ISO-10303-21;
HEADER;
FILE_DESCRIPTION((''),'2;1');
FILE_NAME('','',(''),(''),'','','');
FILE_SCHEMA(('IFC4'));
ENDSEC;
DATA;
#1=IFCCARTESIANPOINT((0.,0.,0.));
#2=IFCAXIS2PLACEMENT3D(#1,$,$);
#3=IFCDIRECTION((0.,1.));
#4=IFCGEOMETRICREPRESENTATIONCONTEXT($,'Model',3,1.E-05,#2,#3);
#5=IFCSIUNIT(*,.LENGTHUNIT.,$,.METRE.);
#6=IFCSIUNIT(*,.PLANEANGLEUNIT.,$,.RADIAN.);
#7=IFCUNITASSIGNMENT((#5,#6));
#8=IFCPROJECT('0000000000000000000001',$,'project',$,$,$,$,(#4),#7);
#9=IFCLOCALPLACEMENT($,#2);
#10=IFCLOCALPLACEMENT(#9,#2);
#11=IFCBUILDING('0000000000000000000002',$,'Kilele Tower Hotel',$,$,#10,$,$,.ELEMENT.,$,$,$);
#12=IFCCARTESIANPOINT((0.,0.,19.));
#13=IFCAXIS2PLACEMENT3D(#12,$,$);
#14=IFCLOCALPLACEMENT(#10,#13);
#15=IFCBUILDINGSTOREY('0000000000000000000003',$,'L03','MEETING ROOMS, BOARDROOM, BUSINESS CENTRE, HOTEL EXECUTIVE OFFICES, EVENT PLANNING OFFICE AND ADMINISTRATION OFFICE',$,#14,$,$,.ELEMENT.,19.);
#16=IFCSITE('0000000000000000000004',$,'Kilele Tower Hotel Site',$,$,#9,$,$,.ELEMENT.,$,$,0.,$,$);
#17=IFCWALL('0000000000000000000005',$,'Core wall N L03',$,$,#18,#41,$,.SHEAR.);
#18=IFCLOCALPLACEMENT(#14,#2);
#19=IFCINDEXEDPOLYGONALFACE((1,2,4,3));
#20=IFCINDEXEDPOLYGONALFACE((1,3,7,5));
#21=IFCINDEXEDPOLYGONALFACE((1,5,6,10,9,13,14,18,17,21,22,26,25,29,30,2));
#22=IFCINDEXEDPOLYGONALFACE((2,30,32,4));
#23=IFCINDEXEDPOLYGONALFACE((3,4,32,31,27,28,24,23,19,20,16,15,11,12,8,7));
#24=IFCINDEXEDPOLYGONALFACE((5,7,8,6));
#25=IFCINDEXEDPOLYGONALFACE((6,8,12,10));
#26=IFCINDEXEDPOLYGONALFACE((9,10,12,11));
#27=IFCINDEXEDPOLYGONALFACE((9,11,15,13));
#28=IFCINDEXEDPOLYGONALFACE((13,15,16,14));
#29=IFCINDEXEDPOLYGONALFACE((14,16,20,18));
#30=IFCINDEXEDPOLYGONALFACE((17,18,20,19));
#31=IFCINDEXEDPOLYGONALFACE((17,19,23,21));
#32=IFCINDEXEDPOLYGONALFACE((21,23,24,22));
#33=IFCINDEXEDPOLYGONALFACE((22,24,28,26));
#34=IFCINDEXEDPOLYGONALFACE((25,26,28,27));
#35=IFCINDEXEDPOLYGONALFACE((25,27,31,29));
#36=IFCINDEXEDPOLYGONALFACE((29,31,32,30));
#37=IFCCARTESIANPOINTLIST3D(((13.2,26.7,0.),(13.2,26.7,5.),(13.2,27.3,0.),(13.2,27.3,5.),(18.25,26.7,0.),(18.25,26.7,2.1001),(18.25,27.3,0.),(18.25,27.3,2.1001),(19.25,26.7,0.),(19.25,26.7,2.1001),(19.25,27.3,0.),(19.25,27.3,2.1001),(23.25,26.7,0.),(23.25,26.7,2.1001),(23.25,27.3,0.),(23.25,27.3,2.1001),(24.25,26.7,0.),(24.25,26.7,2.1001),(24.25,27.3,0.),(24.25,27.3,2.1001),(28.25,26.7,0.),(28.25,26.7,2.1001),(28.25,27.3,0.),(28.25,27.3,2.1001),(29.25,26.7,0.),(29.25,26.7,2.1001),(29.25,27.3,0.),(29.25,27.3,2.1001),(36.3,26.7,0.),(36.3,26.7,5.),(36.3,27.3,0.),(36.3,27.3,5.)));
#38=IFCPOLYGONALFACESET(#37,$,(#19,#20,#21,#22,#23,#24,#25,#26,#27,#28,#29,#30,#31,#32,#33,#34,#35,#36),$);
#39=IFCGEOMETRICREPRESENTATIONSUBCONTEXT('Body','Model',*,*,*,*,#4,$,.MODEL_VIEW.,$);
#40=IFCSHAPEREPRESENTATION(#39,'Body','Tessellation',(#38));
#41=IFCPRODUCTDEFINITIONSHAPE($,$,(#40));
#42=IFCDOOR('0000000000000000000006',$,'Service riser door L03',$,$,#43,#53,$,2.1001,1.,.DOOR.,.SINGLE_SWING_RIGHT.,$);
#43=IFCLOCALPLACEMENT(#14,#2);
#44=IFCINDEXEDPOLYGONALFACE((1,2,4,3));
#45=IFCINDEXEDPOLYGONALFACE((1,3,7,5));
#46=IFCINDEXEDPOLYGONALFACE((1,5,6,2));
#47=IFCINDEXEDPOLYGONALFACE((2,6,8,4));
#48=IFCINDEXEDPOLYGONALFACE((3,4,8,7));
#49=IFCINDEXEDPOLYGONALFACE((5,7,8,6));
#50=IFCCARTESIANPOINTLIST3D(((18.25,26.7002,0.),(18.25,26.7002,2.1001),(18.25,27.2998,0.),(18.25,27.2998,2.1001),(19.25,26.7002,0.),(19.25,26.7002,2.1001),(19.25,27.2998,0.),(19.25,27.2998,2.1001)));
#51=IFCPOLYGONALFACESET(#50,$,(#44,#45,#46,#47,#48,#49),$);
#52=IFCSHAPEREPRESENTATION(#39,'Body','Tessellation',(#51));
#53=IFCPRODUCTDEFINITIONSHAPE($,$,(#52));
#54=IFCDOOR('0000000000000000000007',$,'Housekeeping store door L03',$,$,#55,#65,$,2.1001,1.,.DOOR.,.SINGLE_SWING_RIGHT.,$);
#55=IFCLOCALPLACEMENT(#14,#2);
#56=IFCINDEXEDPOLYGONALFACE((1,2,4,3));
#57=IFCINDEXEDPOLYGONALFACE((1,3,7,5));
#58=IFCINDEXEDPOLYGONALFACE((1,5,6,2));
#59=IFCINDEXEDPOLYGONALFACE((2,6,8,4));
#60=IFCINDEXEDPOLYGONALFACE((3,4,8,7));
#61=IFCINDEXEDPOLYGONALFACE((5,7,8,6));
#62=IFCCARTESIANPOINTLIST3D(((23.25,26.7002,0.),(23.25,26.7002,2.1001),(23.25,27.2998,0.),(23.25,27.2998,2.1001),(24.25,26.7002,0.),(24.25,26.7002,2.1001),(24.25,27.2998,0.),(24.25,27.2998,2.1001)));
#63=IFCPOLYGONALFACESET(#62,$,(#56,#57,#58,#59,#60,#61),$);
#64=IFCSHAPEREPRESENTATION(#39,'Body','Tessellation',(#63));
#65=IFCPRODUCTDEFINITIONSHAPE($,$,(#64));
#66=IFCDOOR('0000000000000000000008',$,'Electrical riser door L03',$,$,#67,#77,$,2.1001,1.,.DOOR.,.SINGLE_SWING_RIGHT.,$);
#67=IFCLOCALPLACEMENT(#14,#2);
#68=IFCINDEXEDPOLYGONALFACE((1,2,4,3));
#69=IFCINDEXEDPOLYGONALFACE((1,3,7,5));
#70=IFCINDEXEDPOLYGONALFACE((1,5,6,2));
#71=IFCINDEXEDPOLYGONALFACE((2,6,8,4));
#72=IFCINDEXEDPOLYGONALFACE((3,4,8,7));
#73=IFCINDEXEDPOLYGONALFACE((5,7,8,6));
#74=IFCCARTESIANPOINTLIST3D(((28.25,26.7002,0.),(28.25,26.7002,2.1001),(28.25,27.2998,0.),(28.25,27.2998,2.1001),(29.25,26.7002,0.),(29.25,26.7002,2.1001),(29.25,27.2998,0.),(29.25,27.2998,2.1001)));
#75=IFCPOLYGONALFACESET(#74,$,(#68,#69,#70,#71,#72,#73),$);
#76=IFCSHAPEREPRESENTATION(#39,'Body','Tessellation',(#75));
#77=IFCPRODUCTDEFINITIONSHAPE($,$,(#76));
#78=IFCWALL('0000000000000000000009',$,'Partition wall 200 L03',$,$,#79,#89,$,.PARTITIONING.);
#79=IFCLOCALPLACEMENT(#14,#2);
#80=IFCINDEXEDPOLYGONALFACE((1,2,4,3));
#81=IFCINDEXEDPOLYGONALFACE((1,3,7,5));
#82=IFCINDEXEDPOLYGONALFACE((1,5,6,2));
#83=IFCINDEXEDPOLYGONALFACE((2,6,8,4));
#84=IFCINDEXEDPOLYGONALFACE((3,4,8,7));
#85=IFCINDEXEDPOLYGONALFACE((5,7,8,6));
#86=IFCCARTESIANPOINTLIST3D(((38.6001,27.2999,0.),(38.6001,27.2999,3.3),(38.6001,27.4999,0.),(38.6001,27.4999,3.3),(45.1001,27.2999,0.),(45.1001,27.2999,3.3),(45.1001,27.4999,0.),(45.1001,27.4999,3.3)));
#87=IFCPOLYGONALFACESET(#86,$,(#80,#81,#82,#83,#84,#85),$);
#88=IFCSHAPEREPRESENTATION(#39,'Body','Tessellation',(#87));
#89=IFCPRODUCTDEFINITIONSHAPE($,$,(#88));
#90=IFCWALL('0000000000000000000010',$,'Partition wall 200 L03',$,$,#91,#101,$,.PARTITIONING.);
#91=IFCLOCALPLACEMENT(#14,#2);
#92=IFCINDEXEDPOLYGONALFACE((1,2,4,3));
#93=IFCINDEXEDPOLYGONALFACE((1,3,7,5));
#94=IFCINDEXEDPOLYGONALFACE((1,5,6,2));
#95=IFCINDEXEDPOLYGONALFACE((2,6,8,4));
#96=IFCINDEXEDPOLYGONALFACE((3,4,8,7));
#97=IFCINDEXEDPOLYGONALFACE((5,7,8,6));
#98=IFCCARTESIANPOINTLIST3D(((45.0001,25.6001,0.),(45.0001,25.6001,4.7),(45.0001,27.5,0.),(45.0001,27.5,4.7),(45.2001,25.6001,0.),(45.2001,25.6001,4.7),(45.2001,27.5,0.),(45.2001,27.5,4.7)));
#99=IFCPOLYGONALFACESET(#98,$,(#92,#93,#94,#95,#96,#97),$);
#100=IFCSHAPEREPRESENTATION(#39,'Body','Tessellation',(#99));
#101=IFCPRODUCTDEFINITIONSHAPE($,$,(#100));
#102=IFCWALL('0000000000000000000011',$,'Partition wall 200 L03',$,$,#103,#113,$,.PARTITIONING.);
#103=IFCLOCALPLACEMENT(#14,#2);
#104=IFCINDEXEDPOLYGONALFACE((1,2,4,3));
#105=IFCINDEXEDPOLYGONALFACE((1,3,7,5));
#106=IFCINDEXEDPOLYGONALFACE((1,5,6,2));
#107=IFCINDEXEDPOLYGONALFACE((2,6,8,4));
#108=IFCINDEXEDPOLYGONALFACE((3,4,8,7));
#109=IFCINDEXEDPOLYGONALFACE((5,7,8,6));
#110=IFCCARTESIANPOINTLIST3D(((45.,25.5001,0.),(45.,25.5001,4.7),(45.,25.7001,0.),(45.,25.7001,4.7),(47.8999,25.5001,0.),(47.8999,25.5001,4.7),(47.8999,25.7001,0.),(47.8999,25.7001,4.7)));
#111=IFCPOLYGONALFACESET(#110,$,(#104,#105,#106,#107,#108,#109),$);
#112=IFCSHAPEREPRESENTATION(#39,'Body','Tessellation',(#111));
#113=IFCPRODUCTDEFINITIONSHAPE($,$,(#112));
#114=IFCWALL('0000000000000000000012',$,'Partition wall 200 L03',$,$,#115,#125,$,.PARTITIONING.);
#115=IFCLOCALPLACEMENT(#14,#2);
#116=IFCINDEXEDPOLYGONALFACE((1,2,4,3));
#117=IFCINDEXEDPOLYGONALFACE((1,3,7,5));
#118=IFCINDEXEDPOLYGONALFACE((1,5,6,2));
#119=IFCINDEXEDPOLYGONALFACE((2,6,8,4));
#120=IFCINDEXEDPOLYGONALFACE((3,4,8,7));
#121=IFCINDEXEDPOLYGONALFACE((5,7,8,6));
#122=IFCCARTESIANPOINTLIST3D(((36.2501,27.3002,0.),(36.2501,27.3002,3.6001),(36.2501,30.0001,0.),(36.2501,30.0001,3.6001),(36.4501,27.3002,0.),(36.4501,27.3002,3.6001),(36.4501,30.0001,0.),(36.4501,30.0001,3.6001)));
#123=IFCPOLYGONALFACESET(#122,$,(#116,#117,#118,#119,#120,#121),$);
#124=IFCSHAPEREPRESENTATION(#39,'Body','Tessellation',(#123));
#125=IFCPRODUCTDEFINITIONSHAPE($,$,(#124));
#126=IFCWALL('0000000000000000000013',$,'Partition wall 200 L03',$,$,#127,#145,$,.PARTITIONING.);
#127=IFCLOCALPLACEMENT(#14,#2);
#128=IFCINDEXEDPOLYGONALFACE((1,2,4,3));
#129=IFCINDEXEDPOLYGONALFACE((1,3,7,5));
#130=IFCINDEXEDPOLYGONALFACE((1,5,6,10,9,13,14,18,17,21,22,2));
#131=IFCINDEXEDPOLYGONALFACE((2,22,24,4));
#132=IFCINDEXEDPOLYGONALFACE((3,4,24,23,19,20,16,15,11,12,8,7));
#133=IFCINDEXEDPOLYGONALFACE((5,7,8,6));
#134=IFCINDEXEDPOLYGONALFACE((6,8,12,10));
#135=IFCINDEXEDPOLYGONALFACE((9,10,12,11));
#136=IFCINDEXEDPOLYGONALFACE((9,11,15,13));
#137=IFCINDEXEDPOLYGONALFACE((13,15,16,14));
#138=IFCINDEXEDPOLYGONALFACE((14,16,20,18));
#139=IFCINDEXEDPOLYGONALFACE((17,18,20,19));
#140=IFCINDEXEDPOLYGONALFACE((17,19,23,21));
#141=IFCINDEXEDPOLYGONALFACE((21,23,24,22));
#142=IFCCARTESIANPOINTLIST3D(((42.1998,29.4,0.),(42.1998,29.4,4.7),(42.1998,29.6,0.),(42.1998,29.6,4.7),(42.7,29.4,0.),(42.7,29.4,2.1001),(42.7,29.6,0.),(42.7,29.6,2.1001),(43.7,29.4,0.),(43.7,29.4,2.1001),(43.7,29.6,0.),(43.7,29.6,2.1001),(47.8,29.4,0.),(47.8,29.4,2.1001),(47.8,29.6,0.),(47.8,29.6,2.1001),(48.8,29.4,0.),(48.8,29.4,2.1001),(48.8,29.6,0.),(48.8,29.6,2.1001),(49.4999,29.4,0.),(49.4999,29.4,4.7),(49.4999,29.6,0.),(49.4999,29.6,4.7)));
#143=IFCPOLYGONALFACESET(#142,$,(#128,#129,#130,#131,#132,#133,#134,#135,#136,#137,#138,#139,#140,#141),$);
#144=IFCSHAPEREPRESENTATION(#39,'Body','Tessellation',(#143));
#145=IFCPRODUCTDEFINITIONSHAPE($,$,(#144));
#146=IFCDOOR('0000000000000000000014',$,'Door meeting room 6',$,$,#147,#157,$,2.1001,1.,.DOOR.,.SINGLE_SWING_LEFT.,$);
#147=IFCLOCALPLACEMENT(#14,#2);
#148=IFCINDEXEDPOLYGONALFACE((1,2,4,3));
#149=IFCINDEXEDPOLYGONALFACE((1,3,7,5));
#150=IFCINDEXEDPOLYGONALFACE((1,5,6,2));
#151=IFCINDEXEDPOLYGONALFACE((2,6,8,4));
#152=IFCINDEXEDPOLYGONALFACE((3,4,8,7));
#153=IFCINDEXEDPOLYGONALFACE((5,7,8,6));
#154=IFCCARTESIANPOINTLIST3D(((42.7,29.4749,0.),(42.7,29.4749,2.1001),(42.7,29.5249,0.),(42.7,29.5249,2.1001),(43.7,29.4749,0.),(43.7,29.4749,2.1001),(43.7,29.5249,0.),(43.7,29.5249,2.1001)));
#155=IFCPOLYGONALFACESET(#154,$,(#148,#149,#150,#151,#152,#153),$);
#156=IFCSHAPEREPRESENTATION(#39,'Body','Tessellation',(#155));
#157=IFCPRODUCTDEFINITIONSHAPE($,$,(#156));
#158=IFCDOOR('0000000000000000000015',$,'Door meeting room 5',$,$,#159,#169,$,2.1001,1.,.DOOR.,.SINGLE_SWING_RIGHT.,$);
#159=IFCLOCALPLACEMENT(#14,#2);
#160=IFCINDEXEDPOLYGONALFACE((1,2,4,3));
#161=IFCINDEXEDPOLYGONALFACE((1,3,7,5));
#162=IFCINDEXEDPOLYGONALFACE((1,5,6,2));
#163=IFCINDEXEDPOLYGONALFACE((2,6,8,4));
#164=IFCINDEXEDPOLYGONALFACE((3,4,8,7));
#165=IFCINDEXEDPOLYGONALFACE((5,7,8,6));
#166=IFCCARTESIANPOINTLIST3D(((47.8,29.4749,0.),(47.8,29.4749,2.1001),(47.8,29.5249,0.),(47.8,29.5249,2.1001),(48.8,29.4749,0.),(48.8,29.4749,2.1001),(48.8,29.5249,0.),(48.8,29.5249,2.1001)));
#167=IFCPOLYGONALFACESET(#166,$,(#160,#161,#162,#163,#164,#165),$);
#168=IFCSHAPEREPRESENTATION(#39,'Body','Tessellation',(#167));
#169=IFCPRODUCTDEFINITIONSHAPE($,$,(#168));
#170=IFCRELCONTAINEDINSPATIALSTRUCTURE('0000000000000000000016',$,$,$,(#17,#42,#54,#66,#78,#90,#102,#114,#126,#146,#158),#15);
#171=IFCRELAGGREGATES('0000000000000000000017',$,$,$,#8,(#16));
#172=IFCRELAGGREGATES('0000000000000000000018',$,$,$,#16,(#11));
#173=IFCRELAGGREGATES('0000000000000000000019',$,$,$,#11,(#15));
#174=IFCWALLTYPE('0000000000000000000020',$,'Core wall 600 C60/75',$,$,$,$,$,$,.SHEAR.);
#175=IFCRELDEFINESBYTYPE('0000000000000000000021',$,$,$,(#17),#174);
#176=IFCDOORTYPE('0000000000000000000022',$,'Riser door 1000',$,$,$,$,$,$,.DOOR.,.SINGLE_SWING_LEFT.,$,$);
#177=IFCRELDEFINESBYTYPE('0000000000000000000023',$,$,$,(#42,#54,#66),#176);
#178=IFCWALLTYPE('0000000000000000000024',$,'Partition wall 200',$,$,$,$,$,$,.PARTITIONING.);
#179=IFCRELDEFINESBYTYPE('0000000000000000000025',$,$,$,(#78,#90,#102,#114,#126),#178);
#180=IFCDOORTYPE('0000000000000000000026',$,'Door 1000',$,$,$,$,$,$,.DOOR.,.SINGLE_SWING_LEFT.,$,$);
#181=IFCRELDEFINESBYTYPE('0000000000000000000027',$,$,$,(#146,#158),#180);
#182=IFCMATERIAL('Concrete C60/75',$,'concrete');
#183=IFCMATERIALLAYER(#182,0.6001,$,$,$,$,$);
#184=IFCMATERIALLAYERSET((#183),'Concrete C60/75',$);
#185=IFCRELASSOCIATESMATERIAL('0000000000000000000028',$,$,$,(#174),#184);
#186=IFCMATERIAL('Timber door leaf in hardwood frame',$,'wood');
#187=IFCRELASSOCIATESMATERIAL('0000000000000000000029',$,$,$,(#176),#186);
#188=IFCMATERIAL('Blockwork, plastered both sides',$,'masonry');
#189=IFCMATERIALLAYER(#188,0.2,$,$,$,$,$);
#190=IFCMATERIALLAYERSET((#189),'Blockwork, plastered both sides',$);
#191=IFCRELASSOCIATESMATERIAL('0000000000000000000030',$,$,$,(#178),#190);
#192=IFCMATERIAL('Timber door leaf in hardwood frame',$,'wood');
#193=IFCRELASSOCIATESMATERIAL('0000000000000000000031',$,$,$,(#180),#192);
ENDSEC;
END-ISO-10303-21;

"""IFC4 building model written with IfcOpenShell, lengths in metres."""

from ifc_helpers import new_model, si_unit, direction, frame, frame_2d, origin, place, context, subcontext, project, spatial, rectangle, extrude, material, layer, layer_set, type_object, element, fill, save


model = new_model("IFC4")

# Units and contexts
model_context = context("Model", 3, precision=1e-05, world=origin(), true_north=direction((0.0, 1.0)))
body_context = subcontext(model_context, "Body", "Model", "MODEL_VIEW")
ifc_project = project(units=[si_unit("LENGTHUNIT", "METRE"), si_unit("PLANEANGLEUNIT", "RADIAN")], contexts=[model_context])

# Site, building, storey
site_placement = place(None, origin())
site = spatial("IfcSite", under=ifc_project, at=site_placement, Name="Kilele Tower Hotel Site", CompositionType="ELEMENT", RefElevation=0.0)
building_placement = place(site_placement, origin())
building = spatial("IfcBuilding", under=site, at=building_placement, Name="Kilele Tower Hotel", CompositionType="ELEMENT")
storey_placement = place(building_placement, frame((0.0, 0.0, 19.0)))
storey = spatial("IfcBuildingStorey", under=building, at=storey_placement, Name="L03", Description="MEETING ROOMS, BOARDROOM, BUSINESS CENTRE, HOTEL EXECUTIVE OFFICES, EVENT PLANNING OFFICE AND ADMINISTRATION OFFICE", CompositionType="ELEMENT", Elevation=19.0)

# Wall, openings, doors
ifc_material_1 = material(Name="Concrete C60/75", Category="concrete")
ifc_layer_1 = layer(ifc_material_1, 0.6001)
ifc_layer_set_1 = layer_set([ifc_layer_1], Name="Concrete C60/75")
wall_type_1 = type_object("IfcWallType", Name="Core wall 600 C60/75", PredefinedType="SHEAR", material=ifc_layer_set_1)
wall_1_placement = place(storey_placement, frame((36.3, 27.0, 0.0), z_axis=(0.0, 0.0, 1.0), x_axis=(-1.0, 0.0, 0.0)))
wall_1 = element("IfcWall", 1, at=wall_1_placement, inside=storey, type_object=wall_type_1, Name="Core wall N L03", PredefinedType="SHEAR", context=body_context, shape_type="SweptSolid", body=[
    extrude(rectangle(XDim=23.1001, YDim=0.6001, at=frame_2d((11.55, 0.0))), origin(), (0.0, 0.0, 1.0), 5.0),
])
opening_1_placement = place(wall_1_placement, frame((17.05, 0.0, 0.0)))
opening_1 = element("IfcOpeningElement", 2, at=opening_1_placement, cuts=wall_1, PredefinedType="OPENING", context=body_context, shape_type="SweptSolid", body=[
    extrude(rectangle(XDim=1.0, YDim=2.1001, at=frame_2d((0.5, 1.05))), frame((0.0, 0.3101, 0.0), z_axis=(0.0, -1.0, 0.0), x_axis=(1.0, 0.0, 0.0)), (0.0, 0.0, 1.0), 0.6201),
])
opening_2_placement = place(wall_1_placement, frame((12.05, 0.0, 0.0)))
opening_2 = element("IfcOpeningElement", 3, at=opening_2_placement, cuts=wall_1, PredefinedType="OPENING", context=body_context, shape_type="SweptSolid", body=[
    extrude(rectangle(XDim=1.0, YDim=2.1001, at=frame_2d((0.5, 1.05))), frame((0.0, 0.3101, 0.0), z_axis=(0.0, -1.0, 0.0), x_axis=(1.0, 0.0, 0.0)), (0.0, 0.0, 1.0), 0.6201),
])
opening_3_placement = place(wall_1_placement, frame((7.05, 0.0, 0.0)))
opening_3 = element("IfcOpeningElement", 4, at=opening_3_placement, cuts=wall_1, PredefinedType="OPENING", context=body_context, shape_type="SweptSolid", body=[
    extrude(rectangle(XDim=1.0, YDim=2.1001, at=frame_2d((0.5, 1.05))), frame((0.0, 0.3101, 0.0), z_axis=(0.0, -1.0, 0.0), x_axis=(1.0, 0.0, 0.0)), (0.0, 0.0, 1.0), 0.6201),
])
ifc_material_2 = material(Name="Timber door leaf in hardwood frame", Category="wood")
door_type_1 = type_object("IfcDoorType", Name="Riser door 1000", OperationType="SINGLE_SWING_LEFT", PredefinedType="DOOR", material=ifc_material_2)
door_1_placement = place(opening_1_placement, origin())
door_1 = element("IfcDoor", 5, at=door_1_placement, inside=storey, type_object=door_type_1, Name="Service riser door L03", OperationType="SINGLE_SWING_RIGHT", OverallHeight=2.1001, OverallWidth=1.0, PredefinedType="DOOR", context=body_context, shape_type="SweptSolid", body=[
    extrude(rectangle(XDim=1.0, YDim=2.1001, at=frame_2d((0.5, 1.05))), frame((0.0, 0.2998, 0.0), z_axis=(0.0, -1.0, 0.0), x_axis=(1.0, 0.0, 0.0)), (0.0, 0.0, 1.0), 0.5996),
])
fill(opening_1, door_1)
door_2_placement = place(opening_2_placement, origin())
door_2 = element("IfcDoor", 6, at=door_2_placement, inside=storey, type_object=door_type_1, Name="Housekeeping store door L03", OperationType="SINGLE_SWING_RIGHT", OverallHeight=2.1001, OverallWidth=1.0, PredefinedType="DOOR", context=body_context, shape_type="SweptSolid", body=[
    extrude(rectangle(XDim=1.0, YDim=2.1001, at=frame_2d((0.5, 1.05))), frame((0.0, 0.2998, 0.0), z_axis=(0.0, -1.0, 0.0), x_axis=(1.0, 0.0, 0.0)), (0.0, 0.0, 1.0), 0.5996),
])
fill(opening_2, door_2)
door_3_placement = place(opening_3_placement, origin())
door_3 = element("IfcDoor", 7, at=door_3_placement, inside=storey, type_object=door_type_1, Name="Electrical riser door L03", OperationType="SINGLE_SWING_RIGHT", OverallHeight=2.1001, OverallWidth=1.0, PredefinedType="DOOR", context=body_context, shape_type="SweptSolid", body=[
    extrude(rectangle(XDim=1.0, YDim=2.1001, at=frame_2d((0.5, 1.05))), frame((0.0, 0.2998, 0.0), z_axis=(0.0, -1.0, 0.0), x_axis=(1.0, 0.0, 0.0)), (0.0, 0.0, 1.0), 0.5996),
])
fill(opening_3, door_3)

# Walls
ifc_material_3 = material(Name="Blockwork, plastered both sides", Category="masonry")
ifc_layer_2 = layer(ifc_material_3, 0.2)
ifc_layer_set_2 = layer_set([ifc_layer_2], Name="Blockwork, plastered both sides")
wall_type_2 = type_object("IfcWallType", Name="Partition wall 200", PredefinedType="PARTITIONING", material=ifc_layer_set_2)
wall_2_placement = place(storey_placement, frame((38.6001, 27.3999, 0.0), z_axis=(0.0, 0.0, 1.0), x_axis=(1.0, 0.0, 0.0)))
element("IfcWall", 8, at=wall_2_placement, inside=storey, type_object=wall_type_2, Name="Partition wall 200 L03", PredefinedType="PARTITIONING", context=body_context, shape_type="SweptSolid", body=[
    extrude(rectangle(XDim=6.5, YDim=0.2, at=frame_2d((3.25, 0.0))), origin(), (0.0, 0.0, 1.0), 3.3),
])
wall_3_placement = place(storey_placement, frame((45.1001, 25.6001, 0.0), z_axis=(0.0, 0.0, 1.0), x_axis=(0.0, 1.0, 0.0)))
element("IfcWall", 9, at=wall_3_placement, inside=storey, type_object=wall_type_2, Name="Partition wall 200 L03", PredefinedType="PARTITIONING", context=body_context, shape_type="SweptSolid", body=[
    extrude(rectangle(XDim=1.8999, YDim=0.2, at=frame_2d((0.95, 0.0))), origin(), (0.0, 0.0, 1.0), 4.7),
])
wall_4_placement = place(storey_placement, frame((45.0, 25.6001, 0.0), z_axis=(0.0, 0.0, 1.0), x_axis=(1.0, 0.0, 0.0)))
element("IfcWall", 10, at=wall_4_placement, inside=storey, type_object=wall_type_2, Name="Partition wall 200 L03", PredefinedType="PARTITIONING", context=body_context, shape_type="SweptSolid", body=[
    extrude(rectangle(XDim=2.8999, YDim=0.2, at=frame_2d((1.45, 0.0))), origin(), (0.0, 0.0, 1.0), 4.7),
])
wall_5_placement = place(storey_placement, frame((36.3501, 27.3, 0.0), z_axis=(0.0, 0.0, 1.0), x_axis=(0.0, 1.0, 0.0)))
element("IfcWall", 11, at=wall_5_placement, inside=storey, type_object=wall_type_2, Name="Partition wall 200 L03", PredefinedType="PARTITIONING", context=body_context, shape_type="SweptSolid", body=[
    extrude(rectangle(XDim=2.7, YDim=0.2, at=frame_2d((1.3501, 0.0))), origin(), (0.0, 0.0, 1.0), 3.6001),
])

# Wall, openings, doors
wall_6_placement = place(storey_placement, frame((42.2, 29.5, 0.0), z_axis=(0.0, 0.0, 1.0), x_axis=(1.0, 0.0, 0.0)))
wall_6 = element("IfcWall", 12, at=wall_6_placement, inside=storey, type_object=wall_type_2, Name="Partition wall 200 L03", PredefinedType="PARTITIONING", context=body_context, shape_type="SweptSolid", body=[
    extrude(rectangle(XDim=7.3, YDim=0.2, at=frame_2d((3.6499, 0.0))), origin(), (0.0, 0.0, 1.0), 4.7),
])
opening_4_placement = place(wall_6_placement, frame((0.5, 0.0, 0.0)))
opening_4 = element("IfcOpeningElement", 13, at=opening_4_placement, cuts=wall_6, PredefinedType="OPENING", context=body_context, shape_type="SweptSolid", body=[
    extrude(rectangle(XDim=1.0, YDim=2.1001, at=frame_2d((0.5, 1.05))), frame((0.0, 0.1099, 0.0), z_axis=(0.0, -1.0, 0.0), x_axis=(1.0, 0.0, 0.0)), (0.0, 0.0, 1.0), 0.22),
])
opening_5_placement = place(wall_6_placement, frame((5.6001, 0.0, 0.0)))
opening_5 = element("IfcOpeningElement", 14, at=opening_5_placement, cuts=wall_6, PredefinedType="OPENING", context=body_context, shape_type="SweptSolid", body=[
    extrude(rectangle(XDim=1.0, YDim=2.1001, at=frame_2d((0.5, 1.05))), frame((0.0, 0.1099, 0.0), z_axis=(0.0, -1.0, 0.0), x_axis=(1.0, 0.0, 0.0)), (0.0, 0.0, 1.0), 0.22),
])
ifc_material_4 = material(Name="Timber door leaf in hardwood frame", Category="wood")
door_type_2 = type_object("IfcDoorType", Name="Door 1000", OperationType="SINGLE_SWING_LEFT", PredefinedType="DOOR", material=ifc_material_4)
door_4_placement = place(opening_4_placement, origin())
door_4 = element("IfcDoor", 15, at=door_4_placement, inside=storey, type_object=door_type_2, Name="Door meeting room 6", OperationType="SINGLE_SWING_LEFT", OverallHeight=2.1001, OverallWidth=1.0, PredefinedType="DOOR", context=body_context, shape_type="SweptSolid", body=[
    extrude(rectangle(XDim=1.0, YDim=2.1001, at=frame_2d((0.5, 1.05))), frame((0.0, 0.0249, 0.0), z_axis=(0.0, -1.0, 0.0), x_axis=(1.0, 0.0, 0.0)), (0.0, 0.0, 1.0), 0.05),
])
fill(opening_4, door_4)
door_5_placement = place(opening_5_placement, origin())
door_5 = element("IfcDoor", 16, at=door_5_placement, inside=storey, type_object=door_type_2, Name="Door meeting room 5", OperationType="SINGLE_SWING_RIGHT", OverallHeight=2.1001, OverallWidth=1.0, PredefinedType="DOOR", context=body_context, shape_type="SweptSolid", body=[
    extrude(rectangle(XDim=1.0, YDim=2.1001, at=frame_2d((0.5, 1.05))), frame((0.0, 0.0249, 0.0), z_axis=(0.0, -1.0, 0.0), x_axis=(1.0, 0.0, 0.0)), (0.0, 0.0, 1.0), 0.05),
])
fill(opening_5, door_5)

save(model, "model.ifc")
